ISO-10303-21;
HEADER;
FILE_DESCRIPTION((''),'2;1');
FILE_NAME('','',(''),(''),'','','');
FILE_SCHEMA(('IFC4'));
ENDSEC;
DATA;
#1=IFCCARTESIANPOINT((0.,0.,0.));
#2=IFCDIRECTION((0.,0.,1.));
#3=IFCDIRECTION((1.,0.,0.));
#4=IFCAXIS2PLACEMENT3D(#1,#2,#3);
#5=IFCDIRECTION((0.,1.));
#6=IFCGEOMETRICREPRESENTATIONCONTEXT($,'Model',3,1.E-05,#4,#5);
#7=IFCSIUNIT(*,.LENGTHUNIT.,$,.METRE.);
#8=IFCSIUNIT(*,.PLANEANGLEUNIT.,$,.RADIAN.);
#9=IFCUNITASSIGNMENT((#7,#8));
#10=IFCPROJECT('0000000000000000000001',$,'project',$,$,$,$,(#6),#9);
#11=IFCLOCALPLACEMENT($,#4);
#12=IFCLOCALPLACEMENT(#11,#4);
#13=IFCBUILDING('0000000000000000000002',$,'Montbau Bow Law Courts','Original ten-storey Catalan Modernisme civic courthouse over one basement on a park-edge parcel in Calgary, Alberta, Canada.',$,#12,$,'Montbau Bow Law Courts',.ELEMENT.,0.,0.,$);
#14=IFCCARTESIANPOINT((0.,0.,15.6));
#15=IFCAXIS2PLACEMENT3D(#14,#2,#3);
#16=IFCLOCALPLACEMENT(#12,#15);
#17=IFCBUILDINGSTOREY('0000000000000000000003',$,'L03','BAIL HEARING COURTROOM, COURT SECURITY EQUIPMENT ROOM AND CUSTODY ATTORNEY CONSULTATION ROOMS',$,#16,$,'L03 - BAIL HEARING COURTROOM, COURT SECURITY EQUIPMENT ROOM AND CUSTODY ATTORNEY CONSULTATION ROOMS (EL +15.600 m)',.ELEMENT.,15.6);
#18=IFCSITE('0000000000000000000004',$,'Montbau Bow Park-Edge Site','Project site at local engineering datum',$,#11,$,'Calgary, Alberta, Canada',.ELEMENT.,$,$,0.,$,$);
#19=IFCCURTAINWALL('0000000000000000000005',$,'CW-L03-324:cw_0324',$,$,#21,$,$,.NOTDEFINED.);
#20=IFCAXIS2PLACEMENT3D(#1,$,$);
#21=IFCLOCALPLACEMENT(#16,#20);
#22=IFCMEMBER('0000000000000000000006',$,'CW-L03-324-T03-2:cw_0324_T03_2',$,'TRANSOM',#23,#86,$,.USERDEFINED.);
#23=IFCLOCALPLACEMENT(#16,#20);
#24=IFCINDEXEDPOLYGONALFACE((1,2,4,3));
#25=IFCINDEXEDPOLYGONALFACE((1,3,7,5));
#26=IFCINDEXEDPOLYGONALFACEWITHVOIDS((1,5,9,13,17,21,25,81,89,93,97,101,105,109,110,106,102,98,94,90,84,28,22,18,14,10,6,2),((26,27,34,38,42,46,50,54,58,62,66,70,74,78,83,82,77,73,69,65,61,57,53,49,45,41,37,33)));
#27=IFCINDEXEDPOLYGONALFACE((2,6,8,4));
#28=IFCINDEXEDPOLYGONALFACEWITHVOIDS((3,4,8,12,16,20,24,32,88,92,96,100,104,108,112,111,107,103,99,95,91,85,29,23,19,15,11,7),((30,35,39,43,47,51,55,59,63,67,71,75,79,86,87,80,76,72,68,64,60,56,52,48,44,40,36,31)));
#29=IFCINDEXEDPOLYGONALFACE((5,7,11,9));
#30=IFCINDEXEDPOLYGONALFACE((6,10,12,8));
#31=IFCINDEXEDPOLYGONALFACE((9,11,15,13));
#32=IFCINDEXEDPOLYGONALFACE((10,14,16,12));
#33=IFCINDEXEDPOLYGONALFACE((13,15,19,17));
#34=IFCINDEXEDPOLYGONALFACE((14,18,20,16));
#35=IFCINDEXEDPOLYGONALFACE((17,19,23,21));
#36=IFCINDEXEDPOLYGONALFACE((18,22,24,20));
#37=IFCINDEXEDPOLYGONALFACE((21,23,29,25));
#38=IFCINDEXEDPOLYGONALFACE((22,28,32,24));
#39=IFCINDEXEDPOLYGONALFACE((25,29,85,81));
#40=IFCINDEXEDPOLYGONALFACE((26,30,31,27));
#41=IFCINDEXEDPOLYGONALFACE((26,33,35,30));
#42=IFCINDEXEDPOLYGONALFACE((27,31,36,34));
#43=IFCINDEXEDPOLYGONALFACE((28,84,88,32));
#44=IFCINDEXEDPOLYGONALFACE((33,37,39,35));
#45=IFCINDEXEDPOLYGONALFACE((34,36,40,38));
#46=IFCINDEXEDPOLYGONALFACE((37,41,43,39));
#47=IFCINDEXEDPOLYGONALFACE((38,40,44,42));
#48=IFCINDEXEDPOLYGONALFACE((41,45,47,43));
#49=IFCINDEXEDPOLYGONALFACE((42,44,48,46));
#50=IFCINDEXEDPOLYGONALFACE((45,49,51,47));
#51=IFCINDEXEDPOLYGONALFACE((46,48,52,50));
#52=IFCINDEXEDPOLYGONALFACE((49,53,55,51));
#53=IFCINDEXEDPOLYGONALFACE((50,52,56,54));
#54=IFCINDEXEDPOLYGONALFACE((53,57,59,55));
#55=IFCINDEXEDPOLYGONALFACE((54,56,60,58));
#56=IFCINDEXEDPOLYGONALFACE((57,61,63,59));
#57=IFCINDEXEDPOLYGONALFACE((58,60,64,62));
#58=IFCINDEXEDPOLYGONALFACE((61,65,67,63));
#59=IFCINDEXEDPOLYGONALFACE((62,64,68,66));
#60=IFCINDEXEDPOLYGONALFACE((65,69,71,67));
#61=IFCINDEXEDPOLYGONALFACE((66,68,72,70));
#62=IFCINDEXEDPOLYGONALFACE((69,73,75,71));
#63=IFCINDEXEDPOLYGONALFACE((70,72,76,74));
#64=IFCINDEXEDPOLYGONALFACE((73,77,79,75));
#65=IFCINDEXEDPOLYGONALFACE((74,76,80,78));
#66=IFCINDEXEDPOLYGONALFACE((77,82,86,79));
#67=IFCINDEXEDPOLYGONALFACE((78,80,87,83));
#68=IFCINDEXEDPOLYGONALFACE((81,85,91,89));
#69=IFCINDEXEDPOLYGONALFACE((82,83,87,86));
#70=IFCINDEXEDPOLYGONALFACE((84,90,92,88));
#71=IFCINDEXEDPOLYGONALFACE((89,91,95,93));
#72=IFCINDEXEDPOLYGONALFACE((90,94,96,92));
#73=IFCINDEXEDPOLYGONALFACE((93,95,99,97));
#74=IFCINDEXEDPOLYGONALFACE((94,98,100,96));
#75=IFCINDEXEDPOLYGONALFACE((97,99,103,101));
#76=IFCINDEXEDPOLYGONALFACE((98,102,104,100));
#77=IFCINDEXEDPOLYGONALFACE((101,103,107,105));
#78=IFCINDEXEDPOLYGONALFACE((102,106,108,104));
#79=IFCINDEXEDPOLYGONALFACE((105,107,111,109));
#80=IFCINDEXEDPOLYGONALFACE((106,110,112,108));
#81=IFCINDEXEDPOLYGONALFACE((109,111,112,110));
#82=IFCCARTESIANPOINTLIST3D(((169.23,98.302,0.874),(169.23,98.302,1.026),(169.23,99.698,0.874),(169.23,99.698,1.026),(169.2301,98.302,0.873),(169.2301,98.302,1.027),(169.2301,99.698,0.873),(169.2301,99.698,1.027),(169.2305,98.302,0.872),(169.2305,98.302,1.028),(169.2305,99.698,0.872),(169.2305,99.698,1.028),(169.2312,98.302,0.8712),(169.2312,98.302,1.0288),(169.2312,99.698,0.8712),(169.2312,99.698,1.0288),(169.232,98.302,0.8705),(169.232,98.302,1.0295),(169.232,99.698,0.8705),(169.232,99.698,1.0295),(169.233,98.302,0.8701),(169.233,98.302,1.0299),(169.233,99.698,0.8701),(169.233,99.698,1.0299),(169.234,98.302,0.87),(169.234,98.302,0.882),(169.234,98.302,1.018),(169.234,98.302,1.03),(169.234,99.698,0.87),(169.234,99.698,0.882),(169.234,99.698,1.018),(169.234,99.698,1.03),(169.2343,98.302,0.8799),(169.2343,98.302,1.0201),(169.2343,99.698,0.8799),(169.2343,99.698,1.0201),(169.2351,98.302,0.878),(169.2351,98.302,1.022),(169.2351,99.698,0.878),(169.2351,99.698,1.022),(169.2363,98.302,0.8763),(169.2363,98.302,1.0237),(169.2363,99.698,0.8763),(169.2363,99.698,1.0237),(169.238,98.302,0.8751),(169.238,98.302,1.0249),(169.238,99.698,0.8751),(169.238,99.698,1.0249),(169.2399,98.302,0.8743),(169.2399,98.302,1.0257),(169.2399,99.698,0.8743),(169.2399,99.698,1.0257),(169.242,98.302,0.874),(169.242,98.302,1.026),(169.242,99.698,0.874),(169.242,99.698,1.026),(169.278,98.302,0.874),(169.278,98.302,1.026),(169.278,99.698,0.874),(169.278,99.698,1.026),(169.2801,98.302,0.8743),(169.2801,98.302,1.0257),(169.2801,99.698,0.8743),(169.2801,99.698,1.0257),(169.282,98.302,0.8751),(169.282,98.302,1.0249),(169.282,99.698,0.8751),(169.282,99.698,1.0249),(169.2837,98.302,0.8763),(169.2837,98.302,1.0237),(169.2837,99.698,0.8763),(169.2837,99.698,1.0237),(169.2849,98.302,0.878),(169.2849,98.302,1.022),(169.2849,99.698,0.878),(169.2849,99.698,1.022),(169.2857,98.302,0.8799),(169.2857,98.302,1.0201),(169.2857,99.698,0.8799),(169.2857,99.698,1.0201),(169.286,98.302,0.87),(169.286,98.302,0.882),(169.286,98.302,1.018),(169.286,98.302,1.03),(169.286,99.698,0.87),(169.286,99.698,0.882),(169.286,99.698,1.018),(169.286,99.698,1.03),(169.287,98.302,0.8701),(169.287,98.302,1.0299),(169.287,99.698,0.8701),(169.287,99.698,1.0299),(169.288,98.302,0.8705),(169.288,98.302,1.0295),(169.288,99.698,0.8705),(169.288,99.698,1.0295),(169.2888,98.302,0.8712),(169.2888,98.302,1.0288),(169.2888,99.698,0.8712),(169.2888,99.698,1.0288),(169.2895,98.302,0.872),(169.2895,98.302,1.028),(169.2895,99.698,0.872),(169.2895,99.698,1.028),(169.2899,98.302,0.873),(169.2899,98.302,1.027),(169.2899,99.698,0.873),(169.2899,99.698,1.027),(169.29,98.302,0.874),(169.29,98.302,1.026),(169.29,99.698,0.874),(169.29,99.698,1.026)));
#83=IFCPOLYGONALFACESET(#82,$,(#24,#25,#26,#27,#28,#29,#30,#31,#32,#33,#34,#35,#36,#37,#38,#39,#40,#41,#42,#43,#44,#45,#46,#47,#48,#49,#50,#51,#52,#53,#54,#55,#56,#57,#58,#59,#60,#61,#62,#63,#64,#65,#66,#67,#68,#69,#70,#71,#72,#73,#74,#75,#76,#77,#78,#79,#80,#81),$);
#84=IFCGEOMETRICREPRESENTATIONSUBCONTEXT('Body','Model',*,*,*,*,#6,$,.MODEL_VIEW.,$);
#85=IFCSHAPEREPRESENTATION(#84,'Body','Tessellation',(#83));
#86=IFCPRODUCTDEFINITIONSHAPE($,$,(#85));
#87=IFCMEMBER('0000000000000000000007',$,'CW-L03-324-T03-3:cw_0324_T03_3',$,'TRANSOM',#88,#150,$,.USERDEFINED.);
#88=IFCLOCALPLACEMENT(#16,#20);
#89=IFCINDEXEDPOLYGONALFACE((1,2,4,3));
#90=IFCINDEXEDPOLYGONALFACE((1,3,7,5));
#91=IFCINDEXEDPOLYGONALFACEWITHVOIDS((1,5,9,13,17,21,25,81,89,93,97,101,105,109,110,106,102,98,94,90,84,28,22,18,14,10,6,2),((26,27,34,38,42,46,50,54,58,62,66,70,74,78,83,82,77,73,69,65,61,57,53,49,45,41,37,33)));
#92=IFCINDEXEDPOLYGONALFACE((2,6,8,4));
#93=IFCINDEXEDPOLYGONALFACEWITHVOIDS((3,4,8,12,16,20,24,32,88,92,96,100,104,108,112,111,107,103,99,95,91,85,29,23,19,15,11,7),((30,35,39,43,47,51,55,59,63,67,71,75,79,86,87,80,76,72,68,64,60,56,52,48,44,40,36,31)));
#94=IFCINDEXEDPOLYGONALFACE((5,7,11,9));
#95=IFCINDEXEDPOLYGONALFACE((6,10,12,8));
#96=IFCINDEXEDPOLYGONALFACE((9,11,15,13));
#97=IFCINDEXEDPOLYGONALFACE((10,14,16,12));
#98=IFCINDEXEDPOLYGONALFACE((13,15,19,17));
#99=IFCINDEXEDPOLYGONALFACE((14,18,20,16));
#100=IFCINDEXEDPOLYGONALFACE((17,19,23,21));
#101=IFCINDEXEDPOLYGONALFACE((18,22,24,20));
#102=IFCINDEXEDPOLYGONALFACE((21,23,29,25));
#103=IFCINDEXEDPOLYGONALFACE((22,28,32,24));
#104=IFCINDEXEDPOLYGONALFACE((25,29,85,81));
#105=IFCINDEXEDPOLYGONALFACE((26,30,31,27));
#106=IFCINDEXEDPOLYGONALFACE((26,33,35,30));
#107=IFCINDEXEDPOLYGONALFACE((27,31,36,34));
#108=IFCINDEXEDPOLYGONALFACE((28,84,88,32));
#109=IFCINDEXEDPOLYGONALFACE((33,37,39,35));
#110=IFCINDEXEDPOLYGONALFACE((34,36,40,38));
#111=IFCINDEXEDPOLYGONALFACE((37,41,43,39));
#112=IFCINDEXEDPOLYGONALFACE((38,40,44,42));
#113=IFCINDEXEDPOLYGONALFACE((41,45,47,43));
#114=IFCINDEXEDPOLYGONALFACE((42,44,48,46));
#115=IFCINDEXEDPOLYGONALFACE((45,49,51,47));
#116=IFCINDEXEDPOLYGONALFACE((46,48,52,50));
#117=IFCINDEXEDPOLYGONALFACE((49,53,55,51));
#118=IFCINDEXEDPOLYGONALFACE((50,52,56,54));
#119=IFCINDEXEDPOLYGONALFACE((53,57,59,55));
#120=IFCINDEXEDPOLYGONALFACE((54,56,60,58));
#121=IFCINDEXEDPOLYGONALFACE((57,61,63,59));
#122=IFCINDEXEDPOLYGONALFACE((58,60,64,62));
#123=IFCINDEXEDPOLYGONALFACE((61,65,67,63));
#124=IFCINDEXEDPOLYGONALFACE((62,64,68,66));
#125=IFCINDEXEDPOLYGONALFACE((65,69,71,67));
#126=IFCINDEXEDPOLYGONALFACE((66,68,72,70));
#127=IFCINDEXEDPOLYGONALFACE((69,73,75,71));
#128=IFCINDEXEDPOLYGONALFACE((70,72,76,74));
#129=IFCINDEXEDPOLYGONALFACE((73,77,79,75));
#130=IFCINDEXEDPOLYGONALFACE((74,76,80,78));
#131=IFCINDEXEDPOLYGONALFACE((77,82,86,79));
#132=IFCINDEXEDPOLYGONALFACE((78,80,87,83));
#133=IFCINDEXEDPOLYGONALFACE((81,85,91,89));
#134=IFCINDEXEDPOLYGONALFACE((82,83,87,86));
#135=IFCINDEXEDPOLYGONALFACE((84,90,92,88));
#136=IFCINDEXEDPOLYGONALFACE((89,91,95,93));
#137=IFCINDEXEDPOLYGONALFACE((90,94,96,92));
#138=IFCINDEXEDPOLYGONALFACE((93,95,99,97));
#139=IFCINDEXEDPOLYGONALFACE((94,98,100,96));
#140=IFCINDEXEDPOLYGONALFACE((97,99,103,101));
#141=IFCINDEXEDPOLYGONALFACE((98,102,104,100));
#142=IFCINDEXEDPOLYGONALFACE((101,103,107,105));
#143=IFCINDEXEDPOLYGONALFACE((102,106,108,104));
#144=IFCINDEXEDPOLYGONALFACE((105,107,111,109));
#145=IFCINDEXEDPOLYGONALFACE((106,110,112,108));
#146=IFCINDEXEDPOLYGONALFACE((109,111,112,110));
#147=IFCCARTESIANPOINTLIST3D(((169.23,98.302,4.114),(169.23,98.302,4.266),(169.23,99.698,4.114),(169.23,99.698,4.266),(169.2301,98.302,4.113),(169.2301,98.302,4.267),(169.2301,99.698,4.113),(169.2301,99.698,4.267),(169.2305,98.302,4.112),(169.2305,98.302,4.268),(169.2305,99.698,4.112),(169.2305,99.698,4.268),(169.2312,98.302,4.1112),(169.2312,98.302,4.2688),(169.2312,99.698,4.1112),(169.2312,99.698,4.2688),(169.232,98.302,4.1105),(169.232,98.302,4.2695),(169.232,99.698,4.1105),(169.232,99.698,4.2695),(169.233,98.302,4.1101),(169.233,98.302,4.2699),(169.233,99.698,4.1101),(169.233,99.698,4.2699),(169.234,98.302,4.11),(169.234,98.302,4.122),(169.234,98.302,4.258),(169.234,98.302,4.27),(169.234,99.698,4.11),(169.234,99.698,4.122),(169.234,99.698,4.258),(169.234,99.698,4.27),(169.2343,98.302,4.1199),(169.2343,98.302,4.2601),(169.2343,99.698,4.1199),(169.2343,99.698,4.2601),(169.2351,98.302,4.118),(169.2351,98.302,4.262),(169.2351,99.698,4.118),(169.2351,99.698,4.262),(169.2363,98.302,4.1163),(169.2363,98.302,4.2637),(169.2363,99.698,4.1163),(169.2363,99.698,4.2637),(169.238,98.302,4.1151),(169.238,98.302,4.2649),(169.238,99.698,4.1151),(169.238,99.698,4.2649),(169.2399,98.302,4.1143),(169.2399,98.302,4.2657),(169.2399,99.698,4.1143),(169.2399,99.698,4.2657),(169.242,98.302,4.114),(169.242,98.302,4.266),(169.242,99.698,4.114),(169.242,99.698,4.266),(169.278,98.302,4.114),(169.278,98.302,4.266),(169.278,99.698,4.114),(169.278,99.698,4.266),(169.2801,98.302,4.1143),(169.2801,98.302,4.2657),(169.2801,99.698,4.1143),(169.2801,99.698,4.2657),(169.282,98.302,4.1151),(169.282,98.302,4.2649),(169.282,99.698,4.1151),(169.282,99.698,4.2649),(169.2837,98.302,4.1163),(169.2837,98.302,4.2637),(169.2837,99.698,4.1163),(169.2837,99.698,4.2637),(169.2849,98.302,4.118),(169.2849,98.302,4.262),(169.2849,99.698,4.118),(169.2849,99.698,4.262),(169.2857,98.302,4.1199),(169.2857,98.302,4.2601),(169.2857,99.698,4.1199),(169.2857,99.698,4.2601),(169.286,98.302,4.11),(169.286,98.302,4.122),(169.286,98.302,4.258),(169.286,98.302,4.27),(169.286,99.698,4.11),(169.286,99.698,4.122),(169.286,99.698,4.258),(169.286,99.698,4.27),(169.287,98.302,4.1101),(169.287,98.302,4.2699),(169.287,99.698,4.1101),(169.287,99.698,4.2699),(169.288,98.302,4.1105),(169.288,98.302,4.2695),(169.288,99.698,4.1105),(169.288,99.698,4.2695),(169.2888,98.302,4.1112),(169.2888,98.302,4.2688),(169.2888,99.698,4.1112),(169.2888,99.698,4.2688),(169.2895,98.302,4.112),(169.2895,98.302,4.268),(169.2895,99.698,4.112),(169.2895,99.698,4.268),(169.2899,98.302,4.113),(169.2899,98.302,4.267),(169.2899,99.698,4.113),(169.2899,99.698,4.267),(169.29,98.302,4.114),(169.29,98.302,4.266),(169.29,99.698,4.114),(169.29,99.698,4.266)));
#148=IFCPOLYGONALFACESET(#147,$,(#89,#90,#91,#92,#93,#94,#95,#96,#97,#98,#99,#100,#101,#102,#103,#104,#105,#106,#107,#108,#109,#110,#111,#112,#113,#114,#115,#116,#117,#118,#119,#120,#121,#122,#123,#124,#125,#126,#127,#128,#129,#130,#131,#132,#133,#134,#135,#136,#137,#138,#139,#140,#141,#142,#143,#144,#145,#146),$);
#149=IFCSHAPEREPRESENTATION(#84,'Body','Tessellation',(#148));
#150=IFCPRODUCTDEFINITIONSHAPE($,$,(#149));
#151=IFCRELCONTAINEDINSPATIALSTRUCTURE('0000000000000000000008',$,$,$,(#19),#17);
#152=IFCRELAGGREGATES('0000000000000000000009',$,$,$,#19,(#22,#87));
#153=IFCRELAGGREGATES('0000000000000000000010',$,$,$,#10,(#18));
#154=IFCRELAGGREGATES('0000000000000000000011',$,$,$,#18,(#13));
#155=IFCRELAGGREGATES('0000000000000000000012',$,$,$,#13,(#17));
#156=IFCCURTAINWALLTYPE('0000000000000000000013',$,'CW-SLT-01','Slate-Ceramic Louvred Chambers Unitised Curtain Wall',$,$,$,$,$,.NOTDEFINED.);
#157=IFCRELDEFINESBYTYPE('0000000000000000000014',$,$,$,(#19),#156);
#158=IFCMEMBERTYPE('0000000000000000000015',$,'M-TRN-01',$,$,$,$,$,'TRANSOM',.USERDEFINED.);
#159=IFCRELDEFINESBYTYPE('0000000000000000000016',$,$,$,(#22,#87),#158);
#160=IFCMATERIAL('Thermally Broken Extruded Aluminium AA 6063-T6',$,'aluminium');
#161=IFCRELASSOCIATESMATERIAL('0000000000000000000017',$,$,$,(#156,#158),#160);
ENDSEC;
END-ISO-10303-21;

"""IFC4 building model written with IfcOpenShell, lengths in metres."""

from ifc_helpers import new_model, si_unit, direction, frame, origin_with_axes, origin_2d_with_axis, place, context, subcontext, project, spatial, hollow_rectangle, extrude, material, material_profile, profile_set, type_object, element, aggregate, save


model = new_model("IFC4")

# Units and contexts
model_context = context("Model", 3, precision=1e-05, world=origin_with_axes(), true_north=direction((0.0, 1.0)))
body_context = subcontext(model_context, "Body", "Model", "MODEL_VIEW")
ifc_project = project(units=[si_unit("LENGTHUNIT", "METRE"), si_unit("PLANEANGLEUNIT", "RADIAN")], contexts=[model_context])

# Site, building, storey
site_placement = place(None, origin_with_axes())
site = spatial("IfcSite", under=ifc_project, at=site_placement, Name="Montbau Bow Park-Edge Site", Description="Project site at local engineering datum", LongName="Calgary, Alberta, Canada", CompositionType="ELEMENT", RefElevation=0.0)
building_placement = place(site_placement, origin_with_axes())
building = spatial("IfcBuilding", under=site, at=building_placement, Name="Montbau Bow Law Courts", Description="Original ten-storey Catalan Modernisme civic courthouse over one basement on a park-edge parcel in Calgary, Alberta, Canada.", LongName="Montbau Bow Law Courts", CompositionType="ELEMENT", ElevationOfRefHeight=0.0, ElevationOfTerrain=0.0)
storey_placement = place(building_placement, frame((0.0, 0.0, 15.6), z_axis=(0.0, 0.0, 1.0), x_axis=(1.0, 0.0, 0.0)))
storey = spatial("IfcBuildingStorey", under=building, at=storey_placement, Name="L03", Description="BAIL HEARING COURTROOM, COURT SECURITY EQUIPMENT ROOM AND CUSTODY ATTORNEY CONSULTATION ROOMS", LongName="L03 - BAIL HEARING COURTROOM, COURT SECURITY EQUIPMENT ROOM AND CUSTODY ATTORNEY CONSULTATION ROOMS (EL +15.600 m)", CompositionType="ELEMENT", Elevation=15.6)

# Curtain wall, members
ifc_material_1 = material(Name="Thermally Broken Extruded Aluminium AA 6063-T6", Category="aluminium")
curtain_wall_type = type_object("IfcCurtainWallType", Name="CW-SLT-01", Description="Slate-Ceramic Louvred Chambers Unitised Curtain Wall", PredefinedType="NOTDEFINED", material=ifc_material_1)
curtain_wall_placement = place(None, frame((169.26, 95.315, 15.6), z_axis=(0.0, 0.0, 1.0), x_axis=(1.0, 0.0, 0.0)))
curtain_wall = element("IfcCurtainWall", 1, at=curtain_wall_placement, inside=storey, type_object=curtain_wall_type, Name="CW-L03-324:cw_0324", PredefinedType="NOTDEFINED")
ifc_material_profile_1 = material_profile(ifc_material_1, hollow_rectangle(XDim=0.06, YDim=0.16, WallThickness=0.004, InnerFilletRadius=0.008, OuterFilletRadius=0.004, at=origin_2d_with_axis()), Name="CWT-160X60", Category="Main", Priority=0)
ifc_profile_set_1 = profile_set([ifc_material_profile_1], Name="Thermally Broken Extruded Aluminium AA 6063-T6")
member_type_1 = type_object("IfcMemberType", Name="M-TRN-01", ElementType="TRANSOM", PredefinedType="USERDEFINED", material=ifc_profile_set_1)
member_1_placement = place(None, frame((169.26, 98.302, 16.55), z_axis=(0.0, 1.0, 0.0), x_axis=(-1.0, 0.0, 0.0)))
member_1 = element("IfcMember", 2, at=member_1_placement, type_object=member_type_1, Name="CW-L03-324-T03-2:cw_0324_T03_2", ObjectType="TRANSOM", PredefinedType="USERDEFINED", context=body_context, shape_type="SweptSolid", body=[
    extrude(hollow_rectangle(XDim=0.06, YDim=0.16, WallThickness=0.004, InnerFilletRadius=0.008, OuterFilletRadius=0.004, at=origin_2d_with_axis()), origin_with_axes(), (0.0, 0.0, 1.0), 1.396),
])
member_2_placement = place(None, frame((169.26, 98.302, 19.79), z_axis=(0.0, 1.0, 0.0), x_axis=(-1.0, 0.0, 0.0)))
member_2 = element("IfcMember", 3, at=member_2_placement, type_object=member_type_1, Name="CW-L03-324-T03-3:cw_0324_T03_3", ObjectType="TRANSOM", PredefinedType="USERDEFINED", context=body_context, shape_type="SweptSolid", body=[
    extrude(hollow_rectangle(XDim=0.06, YDim=0.16, WallThickness=0.004, InnerFilletRadius=0.008, OuterFilletRadius=0.004, at=origin_2d_with_axis()), origin_with_axes(), (0.0, 0.0, 1.0), 1.396),
])
aggregate(curtain_wall, [member_1, member_2])

save(model, "model.ifc")
